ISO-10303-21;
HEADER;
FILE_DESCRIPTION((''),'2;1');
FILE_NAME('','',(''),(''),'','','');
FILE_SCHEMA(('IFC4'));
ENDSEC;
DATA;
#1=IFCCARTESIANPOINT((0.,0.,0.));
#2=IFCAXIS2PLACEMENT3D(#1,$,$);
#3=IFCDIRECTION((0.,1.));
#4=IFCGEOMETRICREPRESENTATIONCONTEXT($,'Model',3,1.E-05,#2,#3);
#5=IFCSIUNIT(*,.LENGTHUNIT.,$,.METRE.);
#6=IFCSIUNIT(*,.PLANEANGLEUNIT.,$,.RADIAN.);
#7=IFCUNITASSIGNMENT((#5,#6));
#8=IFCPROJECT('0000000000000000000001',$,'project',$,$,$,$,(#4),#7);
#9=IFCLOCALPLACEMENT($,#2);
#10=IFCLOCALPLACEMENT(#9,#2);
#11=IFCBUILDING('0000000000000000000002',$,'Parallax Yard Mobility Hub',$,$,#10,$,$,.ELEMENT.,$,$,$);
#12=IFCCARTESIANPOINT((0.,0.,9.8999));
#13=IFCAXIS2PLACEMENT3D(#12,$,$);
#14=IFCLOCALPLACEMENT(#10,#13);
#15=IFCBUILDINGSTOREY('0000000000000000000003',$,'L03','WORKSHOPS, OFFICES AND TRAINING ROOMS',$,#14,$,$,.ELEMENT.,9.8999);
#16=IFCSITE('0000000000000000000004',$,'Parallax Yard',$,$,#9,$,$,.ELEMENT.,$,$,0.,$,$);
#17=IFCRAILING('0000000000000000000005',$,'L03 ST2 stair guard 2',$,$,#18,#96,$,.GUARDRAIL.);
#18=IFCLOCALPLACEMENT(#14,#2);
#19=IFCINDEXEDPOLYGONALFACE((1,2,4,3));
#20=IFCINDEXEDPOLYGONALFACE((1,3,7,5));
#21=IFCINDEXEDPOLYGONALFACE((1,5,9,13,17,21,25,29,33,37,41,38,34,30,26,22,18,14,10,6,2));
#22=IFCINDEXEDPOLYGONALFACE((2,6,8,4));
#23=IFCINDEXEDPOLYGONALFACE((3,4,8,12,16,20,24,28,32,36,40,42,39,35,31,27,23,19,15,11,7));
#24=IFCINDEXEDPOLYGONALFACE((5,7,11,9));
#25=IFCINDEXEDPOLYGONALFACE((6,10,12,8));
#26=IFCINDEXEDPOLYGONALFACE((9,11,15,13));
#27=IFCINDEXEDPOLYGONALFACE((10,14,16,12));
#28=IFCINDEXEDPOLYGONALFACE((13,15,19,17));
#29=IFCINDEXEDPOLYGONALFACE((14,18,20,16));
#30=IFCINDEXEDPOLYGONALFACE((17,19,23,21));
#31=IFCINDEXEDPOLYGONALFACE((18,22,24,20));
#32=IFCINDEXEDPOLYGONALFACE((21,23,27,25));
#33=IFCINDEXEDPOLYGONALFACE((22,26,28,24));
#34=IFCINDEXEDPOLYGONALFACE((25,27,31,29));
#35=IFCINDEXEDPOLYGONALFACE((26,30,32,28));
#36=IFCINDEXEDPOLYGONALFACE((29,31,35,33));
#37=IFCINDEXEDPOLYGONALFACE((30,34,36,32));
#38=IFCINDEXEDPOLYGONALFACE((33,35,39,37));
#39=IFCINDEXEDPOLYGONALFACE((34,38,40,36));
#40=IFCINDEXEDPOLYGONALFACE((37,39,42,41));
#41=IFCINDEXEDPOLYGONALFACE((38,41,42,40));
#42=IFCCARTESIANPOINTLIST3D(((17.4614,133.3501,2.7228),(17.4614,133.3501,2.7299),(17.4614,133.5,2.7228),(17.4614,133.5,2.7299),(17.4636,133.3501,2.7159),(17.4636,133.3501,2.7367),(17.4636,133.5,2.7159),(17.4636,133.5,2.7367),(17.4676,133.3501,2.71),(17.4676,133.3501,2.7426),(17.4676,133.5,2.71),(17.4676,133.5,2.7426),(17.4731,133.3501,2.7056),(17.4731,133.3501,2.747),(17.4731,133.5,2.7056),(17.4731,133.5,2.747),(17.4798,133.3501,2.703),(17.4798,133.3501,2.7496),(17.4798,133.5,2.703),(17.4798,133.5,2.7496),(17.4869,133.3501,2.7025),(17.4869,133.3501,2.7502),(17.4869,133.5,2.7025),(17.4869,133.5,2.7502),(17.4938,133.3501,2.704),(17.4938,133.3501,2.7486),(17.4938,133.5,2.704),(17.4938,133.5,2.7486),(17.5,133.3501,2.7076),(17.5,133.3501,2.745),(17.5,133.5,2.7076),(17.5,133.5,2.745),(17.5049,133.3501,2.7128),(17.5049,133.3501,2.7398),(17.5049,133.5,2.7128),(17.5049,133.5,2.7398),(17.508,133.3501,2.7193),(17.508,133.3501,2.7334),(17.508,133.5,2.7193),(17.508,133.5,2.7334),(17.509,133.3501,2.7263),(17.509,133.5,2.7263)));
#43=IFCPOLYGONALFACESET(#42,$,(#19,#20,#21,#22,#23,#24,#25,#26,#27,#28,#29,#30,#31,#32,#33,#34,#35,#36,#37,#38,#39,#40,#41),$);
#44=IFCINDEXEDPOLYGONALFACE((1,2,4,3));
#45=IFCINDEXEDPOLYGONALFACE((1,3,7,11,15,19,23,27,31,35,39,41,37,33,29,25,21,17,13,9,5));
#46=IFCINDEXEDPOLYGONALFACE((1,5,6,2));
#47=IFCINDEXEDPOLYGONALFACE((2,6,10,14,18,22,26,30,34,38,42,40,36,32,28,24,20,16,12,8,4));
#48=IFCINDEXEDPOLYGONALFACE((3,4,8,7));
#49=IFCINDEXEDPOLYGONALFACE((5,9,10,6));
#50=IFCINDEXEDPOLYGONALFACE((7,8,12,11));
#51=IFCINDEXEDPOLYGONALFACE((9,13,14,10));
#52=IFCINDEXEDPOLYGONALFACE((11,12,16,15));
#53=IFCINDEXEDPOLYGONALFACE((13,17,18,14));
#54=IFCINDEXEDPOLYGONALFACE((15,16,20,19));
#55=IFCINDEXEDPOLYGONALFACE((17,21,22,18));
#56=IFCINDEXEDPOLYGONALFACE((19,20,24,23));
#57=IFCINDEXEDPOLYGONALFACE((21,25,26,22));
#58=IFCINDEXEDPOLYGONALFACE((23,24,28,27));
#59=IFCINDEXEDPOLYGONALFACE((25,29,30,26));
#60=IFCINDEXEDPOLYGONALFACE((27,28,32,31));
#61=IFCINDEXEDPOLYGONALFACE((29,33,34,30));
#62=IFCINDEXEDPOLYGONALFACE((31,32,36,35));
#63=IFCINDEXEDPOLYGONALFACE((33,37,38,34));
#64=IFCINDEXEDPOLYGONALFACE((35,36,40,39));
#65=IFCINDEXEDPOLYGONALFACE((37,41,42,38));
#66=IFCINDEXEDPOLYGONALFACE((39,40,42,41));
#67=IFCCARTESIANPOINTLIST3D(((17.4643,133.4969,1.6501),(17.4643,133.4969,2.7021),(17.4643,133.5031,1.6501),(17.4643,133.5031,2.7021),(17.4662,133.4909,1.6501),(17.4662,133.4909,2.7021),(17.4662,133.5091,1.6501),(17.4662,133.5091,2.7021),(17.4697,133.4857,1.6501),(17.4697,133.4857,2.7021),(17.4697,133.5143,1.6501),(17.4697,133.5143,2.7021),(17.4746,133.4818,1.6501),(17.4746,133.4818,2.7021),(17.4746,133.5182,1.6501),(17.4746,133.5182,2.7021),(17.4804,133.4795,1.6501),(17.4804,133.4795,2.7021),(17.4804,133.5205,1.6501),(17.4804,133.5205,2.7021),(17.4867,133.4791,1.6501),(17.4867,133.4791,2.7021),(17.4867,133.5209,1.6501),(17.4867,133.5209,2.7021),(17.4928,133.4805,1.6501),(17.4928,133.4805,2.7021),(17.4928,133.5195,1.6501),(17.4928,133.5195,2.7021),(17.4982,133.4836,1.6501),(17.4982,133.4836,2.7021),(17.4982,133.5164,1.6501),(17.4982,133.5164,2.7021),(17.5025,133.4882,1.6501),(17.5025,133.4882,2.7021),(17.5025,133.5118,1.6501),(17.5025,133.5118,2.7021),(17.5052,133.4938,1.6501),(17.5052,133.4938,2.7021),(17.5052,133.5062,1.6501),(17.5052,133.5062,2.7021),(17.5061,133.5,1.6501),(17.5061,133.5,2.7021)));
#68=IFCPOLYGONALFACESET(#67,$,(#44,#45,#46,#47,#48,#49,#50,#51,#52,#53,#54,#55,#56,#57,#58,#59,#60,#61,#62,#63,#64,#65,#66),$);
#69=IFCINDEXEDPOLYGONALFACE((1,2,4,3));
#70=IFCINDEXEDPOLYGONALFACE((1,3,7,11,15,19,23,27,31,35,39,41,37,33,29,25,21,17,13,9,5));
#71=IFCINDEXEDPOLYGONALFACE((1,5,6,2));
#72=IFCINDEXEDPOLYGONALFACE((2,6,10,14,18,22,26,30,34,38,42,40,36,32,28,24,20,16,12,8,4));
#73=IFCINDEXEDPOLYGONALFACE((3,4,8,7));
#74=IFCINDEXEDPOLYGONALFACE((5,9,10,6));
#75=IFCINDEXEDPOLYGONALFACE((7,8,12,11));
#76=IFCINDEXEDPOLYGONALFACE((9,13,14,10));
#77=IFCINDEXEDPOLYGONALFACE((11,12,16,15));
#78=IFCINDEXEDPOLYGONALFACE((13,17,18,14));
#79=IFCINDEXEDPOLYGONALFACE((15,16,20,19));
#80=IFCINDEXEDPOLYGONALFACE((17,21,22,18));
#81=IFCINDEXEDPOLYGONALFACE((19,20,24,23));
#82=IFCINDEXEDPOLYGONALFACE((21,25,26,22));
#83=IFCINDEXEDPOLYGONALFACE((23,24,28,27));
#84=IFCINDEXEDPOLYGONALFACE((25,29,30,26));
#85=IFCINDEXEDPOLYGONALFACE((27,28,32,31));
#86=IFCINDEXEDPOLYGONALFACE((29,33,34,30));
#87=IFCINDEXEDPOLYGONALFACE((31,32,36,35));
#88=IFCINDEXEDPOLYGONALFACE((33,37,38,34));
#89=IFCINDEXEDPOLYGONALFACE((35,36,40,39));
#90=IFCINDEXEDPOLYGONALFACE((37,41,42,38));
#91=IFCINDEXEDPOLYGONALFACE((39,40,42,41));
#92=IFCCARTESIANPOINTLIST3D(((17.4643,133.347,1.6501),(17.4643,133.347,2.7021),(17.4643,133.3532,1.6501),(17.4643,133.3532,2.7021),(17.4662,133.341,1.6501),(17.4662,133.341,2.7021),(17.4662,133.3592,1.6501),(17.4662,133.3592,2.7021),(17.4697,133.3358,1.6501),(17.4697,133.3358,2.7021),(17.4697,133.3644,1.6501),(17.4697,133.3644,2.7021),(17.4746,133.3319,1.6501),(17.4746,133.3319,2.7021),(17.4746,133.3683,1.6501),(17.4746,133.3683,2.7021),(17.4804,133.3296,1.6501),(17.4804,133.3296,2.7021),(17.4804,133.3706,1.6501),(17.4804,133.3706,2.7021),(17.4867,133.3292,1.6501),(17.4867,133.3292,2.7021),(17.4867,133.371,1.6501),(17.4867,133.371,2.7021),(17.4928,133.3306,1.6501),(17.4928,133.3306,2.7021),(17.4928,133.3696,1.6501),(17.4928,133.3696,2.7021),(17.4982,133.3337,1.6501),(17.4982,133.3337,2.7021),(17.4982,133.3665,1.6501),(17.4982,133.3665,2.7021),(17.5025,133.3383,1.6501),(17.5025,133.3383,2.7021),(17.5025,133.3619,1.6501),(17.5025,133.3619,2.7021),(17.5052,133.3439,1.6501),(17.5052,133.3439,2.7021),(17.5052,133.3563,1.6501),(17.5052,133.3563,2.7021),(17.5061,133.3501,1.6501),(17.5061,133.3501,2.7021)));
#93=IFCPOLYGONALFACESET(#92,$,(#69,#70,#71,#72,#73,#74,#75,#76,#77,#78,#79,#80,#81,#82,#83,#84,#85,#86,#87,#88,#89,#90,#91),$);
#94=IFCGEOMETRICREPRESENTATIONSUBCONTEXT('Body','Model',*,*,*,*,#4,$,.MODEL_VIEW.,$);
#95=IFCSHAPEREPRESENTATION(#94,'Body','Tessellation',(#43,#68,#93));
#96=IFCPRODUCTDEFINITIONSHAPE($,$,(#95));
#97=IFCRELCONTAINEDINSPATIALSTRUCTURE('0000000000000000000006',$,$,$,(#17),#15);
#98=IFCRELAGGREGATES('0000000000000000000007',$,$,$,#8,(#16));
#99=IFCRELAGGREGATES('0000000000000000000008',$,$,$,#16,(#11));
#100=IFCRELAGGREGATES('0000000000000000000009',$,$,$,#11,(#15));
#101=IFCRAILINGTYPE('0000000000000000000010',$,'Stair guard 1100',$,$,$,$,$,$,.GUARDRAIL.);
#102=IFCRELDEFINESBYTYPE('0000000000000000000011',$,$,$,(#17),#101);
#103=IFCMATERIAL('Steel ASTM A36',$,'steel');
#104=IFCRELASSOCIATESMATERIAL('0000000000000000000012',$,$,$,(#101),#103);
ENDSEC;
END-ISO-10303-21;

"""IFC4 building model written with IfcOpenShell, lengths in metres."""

from ifc_helpers import new_model, si_unit, direction, frame, origin, origin_2d, place, context, subcontext, project, spatial, circle, extrude, material, type_object, element, save


model = new_model("IFC4")

# Units and contexts
model_context = context("Model", 3, precision=1e-05, world=origin(), true_north=direction((0.0, 1.0)))
body_context = subcontext(model_context, "Body", "Model", "MODEL_VIEW")
ifc_project = project(units=[si_unit("LENGTHUNIT", "METRE"), si_unit("PLANEANGLEUNIT", "RADIAN")], contexts=[model_context])

# Site, building, storey
site_placement = place(None, origin())
site = spatial("IfcSite", under=ifc_project, at=site_placement, Name="Parallax Yard", CompositionType="ELEMENT", RefElevation=0.0)
building_placement = place(site_placement, origin())
building = spatial("IfcBuilding", under=site, at=building_placement, Name="Parallax Yard Mobility Hub", CompositionType="ELEMENT")
storey_placement = place(building_placement, frame((0.0, 0.0, 9.8999)))
storey = spatial("IfcBuildingStorey", under=building, at=storey_placement, Name="L03", Description="WORKSHOPS, OFFICES AND TRAINING ROOMS", CompositionType="ELEMENT", Elevation=9.8999)

# Railing
ifc_material_1 = material(Name="Steel ASTM A36", Category="steel")
railing_type_1 = type_object("IfcRailingType", Name="Stair guard 1100", PredefinedType="GUARDRAIL", material=ifc_material_1)
railing_1_placement = place(storey_placement, frame((17.4851, 133.5, 1.6501)))
element("IfcRailing", 1, at=railing_1_placement, inside=storey, type_object=railing_type_1, Name="L03 ST2 stair guard 2", PredefinedType="GUARDRAIL", context=body_context, shape_type="SweptSolid", body=[
    extrude(circle(Radius=0.0239, at=origin_2d()), frame((0.0, 0.0, 1.0762), z_axis=(0.0, -1.0, 0.0), x_axis=(1.0, 0.0, 0.0)), (0.0, 0.0, 1.0), 0.1499),
    extrude(circle(Radius=0.021, at=origin_2d()), origin(), (0.0, 0.0, 1.0), 1.052),
    extrude(circle(Radius=0.021, at=origin_2d()), frame((0.0, -0.1499, 0.0)), (0.0, 0.0, 1.0), 1.052),
])

save(model, "model.ifc")
